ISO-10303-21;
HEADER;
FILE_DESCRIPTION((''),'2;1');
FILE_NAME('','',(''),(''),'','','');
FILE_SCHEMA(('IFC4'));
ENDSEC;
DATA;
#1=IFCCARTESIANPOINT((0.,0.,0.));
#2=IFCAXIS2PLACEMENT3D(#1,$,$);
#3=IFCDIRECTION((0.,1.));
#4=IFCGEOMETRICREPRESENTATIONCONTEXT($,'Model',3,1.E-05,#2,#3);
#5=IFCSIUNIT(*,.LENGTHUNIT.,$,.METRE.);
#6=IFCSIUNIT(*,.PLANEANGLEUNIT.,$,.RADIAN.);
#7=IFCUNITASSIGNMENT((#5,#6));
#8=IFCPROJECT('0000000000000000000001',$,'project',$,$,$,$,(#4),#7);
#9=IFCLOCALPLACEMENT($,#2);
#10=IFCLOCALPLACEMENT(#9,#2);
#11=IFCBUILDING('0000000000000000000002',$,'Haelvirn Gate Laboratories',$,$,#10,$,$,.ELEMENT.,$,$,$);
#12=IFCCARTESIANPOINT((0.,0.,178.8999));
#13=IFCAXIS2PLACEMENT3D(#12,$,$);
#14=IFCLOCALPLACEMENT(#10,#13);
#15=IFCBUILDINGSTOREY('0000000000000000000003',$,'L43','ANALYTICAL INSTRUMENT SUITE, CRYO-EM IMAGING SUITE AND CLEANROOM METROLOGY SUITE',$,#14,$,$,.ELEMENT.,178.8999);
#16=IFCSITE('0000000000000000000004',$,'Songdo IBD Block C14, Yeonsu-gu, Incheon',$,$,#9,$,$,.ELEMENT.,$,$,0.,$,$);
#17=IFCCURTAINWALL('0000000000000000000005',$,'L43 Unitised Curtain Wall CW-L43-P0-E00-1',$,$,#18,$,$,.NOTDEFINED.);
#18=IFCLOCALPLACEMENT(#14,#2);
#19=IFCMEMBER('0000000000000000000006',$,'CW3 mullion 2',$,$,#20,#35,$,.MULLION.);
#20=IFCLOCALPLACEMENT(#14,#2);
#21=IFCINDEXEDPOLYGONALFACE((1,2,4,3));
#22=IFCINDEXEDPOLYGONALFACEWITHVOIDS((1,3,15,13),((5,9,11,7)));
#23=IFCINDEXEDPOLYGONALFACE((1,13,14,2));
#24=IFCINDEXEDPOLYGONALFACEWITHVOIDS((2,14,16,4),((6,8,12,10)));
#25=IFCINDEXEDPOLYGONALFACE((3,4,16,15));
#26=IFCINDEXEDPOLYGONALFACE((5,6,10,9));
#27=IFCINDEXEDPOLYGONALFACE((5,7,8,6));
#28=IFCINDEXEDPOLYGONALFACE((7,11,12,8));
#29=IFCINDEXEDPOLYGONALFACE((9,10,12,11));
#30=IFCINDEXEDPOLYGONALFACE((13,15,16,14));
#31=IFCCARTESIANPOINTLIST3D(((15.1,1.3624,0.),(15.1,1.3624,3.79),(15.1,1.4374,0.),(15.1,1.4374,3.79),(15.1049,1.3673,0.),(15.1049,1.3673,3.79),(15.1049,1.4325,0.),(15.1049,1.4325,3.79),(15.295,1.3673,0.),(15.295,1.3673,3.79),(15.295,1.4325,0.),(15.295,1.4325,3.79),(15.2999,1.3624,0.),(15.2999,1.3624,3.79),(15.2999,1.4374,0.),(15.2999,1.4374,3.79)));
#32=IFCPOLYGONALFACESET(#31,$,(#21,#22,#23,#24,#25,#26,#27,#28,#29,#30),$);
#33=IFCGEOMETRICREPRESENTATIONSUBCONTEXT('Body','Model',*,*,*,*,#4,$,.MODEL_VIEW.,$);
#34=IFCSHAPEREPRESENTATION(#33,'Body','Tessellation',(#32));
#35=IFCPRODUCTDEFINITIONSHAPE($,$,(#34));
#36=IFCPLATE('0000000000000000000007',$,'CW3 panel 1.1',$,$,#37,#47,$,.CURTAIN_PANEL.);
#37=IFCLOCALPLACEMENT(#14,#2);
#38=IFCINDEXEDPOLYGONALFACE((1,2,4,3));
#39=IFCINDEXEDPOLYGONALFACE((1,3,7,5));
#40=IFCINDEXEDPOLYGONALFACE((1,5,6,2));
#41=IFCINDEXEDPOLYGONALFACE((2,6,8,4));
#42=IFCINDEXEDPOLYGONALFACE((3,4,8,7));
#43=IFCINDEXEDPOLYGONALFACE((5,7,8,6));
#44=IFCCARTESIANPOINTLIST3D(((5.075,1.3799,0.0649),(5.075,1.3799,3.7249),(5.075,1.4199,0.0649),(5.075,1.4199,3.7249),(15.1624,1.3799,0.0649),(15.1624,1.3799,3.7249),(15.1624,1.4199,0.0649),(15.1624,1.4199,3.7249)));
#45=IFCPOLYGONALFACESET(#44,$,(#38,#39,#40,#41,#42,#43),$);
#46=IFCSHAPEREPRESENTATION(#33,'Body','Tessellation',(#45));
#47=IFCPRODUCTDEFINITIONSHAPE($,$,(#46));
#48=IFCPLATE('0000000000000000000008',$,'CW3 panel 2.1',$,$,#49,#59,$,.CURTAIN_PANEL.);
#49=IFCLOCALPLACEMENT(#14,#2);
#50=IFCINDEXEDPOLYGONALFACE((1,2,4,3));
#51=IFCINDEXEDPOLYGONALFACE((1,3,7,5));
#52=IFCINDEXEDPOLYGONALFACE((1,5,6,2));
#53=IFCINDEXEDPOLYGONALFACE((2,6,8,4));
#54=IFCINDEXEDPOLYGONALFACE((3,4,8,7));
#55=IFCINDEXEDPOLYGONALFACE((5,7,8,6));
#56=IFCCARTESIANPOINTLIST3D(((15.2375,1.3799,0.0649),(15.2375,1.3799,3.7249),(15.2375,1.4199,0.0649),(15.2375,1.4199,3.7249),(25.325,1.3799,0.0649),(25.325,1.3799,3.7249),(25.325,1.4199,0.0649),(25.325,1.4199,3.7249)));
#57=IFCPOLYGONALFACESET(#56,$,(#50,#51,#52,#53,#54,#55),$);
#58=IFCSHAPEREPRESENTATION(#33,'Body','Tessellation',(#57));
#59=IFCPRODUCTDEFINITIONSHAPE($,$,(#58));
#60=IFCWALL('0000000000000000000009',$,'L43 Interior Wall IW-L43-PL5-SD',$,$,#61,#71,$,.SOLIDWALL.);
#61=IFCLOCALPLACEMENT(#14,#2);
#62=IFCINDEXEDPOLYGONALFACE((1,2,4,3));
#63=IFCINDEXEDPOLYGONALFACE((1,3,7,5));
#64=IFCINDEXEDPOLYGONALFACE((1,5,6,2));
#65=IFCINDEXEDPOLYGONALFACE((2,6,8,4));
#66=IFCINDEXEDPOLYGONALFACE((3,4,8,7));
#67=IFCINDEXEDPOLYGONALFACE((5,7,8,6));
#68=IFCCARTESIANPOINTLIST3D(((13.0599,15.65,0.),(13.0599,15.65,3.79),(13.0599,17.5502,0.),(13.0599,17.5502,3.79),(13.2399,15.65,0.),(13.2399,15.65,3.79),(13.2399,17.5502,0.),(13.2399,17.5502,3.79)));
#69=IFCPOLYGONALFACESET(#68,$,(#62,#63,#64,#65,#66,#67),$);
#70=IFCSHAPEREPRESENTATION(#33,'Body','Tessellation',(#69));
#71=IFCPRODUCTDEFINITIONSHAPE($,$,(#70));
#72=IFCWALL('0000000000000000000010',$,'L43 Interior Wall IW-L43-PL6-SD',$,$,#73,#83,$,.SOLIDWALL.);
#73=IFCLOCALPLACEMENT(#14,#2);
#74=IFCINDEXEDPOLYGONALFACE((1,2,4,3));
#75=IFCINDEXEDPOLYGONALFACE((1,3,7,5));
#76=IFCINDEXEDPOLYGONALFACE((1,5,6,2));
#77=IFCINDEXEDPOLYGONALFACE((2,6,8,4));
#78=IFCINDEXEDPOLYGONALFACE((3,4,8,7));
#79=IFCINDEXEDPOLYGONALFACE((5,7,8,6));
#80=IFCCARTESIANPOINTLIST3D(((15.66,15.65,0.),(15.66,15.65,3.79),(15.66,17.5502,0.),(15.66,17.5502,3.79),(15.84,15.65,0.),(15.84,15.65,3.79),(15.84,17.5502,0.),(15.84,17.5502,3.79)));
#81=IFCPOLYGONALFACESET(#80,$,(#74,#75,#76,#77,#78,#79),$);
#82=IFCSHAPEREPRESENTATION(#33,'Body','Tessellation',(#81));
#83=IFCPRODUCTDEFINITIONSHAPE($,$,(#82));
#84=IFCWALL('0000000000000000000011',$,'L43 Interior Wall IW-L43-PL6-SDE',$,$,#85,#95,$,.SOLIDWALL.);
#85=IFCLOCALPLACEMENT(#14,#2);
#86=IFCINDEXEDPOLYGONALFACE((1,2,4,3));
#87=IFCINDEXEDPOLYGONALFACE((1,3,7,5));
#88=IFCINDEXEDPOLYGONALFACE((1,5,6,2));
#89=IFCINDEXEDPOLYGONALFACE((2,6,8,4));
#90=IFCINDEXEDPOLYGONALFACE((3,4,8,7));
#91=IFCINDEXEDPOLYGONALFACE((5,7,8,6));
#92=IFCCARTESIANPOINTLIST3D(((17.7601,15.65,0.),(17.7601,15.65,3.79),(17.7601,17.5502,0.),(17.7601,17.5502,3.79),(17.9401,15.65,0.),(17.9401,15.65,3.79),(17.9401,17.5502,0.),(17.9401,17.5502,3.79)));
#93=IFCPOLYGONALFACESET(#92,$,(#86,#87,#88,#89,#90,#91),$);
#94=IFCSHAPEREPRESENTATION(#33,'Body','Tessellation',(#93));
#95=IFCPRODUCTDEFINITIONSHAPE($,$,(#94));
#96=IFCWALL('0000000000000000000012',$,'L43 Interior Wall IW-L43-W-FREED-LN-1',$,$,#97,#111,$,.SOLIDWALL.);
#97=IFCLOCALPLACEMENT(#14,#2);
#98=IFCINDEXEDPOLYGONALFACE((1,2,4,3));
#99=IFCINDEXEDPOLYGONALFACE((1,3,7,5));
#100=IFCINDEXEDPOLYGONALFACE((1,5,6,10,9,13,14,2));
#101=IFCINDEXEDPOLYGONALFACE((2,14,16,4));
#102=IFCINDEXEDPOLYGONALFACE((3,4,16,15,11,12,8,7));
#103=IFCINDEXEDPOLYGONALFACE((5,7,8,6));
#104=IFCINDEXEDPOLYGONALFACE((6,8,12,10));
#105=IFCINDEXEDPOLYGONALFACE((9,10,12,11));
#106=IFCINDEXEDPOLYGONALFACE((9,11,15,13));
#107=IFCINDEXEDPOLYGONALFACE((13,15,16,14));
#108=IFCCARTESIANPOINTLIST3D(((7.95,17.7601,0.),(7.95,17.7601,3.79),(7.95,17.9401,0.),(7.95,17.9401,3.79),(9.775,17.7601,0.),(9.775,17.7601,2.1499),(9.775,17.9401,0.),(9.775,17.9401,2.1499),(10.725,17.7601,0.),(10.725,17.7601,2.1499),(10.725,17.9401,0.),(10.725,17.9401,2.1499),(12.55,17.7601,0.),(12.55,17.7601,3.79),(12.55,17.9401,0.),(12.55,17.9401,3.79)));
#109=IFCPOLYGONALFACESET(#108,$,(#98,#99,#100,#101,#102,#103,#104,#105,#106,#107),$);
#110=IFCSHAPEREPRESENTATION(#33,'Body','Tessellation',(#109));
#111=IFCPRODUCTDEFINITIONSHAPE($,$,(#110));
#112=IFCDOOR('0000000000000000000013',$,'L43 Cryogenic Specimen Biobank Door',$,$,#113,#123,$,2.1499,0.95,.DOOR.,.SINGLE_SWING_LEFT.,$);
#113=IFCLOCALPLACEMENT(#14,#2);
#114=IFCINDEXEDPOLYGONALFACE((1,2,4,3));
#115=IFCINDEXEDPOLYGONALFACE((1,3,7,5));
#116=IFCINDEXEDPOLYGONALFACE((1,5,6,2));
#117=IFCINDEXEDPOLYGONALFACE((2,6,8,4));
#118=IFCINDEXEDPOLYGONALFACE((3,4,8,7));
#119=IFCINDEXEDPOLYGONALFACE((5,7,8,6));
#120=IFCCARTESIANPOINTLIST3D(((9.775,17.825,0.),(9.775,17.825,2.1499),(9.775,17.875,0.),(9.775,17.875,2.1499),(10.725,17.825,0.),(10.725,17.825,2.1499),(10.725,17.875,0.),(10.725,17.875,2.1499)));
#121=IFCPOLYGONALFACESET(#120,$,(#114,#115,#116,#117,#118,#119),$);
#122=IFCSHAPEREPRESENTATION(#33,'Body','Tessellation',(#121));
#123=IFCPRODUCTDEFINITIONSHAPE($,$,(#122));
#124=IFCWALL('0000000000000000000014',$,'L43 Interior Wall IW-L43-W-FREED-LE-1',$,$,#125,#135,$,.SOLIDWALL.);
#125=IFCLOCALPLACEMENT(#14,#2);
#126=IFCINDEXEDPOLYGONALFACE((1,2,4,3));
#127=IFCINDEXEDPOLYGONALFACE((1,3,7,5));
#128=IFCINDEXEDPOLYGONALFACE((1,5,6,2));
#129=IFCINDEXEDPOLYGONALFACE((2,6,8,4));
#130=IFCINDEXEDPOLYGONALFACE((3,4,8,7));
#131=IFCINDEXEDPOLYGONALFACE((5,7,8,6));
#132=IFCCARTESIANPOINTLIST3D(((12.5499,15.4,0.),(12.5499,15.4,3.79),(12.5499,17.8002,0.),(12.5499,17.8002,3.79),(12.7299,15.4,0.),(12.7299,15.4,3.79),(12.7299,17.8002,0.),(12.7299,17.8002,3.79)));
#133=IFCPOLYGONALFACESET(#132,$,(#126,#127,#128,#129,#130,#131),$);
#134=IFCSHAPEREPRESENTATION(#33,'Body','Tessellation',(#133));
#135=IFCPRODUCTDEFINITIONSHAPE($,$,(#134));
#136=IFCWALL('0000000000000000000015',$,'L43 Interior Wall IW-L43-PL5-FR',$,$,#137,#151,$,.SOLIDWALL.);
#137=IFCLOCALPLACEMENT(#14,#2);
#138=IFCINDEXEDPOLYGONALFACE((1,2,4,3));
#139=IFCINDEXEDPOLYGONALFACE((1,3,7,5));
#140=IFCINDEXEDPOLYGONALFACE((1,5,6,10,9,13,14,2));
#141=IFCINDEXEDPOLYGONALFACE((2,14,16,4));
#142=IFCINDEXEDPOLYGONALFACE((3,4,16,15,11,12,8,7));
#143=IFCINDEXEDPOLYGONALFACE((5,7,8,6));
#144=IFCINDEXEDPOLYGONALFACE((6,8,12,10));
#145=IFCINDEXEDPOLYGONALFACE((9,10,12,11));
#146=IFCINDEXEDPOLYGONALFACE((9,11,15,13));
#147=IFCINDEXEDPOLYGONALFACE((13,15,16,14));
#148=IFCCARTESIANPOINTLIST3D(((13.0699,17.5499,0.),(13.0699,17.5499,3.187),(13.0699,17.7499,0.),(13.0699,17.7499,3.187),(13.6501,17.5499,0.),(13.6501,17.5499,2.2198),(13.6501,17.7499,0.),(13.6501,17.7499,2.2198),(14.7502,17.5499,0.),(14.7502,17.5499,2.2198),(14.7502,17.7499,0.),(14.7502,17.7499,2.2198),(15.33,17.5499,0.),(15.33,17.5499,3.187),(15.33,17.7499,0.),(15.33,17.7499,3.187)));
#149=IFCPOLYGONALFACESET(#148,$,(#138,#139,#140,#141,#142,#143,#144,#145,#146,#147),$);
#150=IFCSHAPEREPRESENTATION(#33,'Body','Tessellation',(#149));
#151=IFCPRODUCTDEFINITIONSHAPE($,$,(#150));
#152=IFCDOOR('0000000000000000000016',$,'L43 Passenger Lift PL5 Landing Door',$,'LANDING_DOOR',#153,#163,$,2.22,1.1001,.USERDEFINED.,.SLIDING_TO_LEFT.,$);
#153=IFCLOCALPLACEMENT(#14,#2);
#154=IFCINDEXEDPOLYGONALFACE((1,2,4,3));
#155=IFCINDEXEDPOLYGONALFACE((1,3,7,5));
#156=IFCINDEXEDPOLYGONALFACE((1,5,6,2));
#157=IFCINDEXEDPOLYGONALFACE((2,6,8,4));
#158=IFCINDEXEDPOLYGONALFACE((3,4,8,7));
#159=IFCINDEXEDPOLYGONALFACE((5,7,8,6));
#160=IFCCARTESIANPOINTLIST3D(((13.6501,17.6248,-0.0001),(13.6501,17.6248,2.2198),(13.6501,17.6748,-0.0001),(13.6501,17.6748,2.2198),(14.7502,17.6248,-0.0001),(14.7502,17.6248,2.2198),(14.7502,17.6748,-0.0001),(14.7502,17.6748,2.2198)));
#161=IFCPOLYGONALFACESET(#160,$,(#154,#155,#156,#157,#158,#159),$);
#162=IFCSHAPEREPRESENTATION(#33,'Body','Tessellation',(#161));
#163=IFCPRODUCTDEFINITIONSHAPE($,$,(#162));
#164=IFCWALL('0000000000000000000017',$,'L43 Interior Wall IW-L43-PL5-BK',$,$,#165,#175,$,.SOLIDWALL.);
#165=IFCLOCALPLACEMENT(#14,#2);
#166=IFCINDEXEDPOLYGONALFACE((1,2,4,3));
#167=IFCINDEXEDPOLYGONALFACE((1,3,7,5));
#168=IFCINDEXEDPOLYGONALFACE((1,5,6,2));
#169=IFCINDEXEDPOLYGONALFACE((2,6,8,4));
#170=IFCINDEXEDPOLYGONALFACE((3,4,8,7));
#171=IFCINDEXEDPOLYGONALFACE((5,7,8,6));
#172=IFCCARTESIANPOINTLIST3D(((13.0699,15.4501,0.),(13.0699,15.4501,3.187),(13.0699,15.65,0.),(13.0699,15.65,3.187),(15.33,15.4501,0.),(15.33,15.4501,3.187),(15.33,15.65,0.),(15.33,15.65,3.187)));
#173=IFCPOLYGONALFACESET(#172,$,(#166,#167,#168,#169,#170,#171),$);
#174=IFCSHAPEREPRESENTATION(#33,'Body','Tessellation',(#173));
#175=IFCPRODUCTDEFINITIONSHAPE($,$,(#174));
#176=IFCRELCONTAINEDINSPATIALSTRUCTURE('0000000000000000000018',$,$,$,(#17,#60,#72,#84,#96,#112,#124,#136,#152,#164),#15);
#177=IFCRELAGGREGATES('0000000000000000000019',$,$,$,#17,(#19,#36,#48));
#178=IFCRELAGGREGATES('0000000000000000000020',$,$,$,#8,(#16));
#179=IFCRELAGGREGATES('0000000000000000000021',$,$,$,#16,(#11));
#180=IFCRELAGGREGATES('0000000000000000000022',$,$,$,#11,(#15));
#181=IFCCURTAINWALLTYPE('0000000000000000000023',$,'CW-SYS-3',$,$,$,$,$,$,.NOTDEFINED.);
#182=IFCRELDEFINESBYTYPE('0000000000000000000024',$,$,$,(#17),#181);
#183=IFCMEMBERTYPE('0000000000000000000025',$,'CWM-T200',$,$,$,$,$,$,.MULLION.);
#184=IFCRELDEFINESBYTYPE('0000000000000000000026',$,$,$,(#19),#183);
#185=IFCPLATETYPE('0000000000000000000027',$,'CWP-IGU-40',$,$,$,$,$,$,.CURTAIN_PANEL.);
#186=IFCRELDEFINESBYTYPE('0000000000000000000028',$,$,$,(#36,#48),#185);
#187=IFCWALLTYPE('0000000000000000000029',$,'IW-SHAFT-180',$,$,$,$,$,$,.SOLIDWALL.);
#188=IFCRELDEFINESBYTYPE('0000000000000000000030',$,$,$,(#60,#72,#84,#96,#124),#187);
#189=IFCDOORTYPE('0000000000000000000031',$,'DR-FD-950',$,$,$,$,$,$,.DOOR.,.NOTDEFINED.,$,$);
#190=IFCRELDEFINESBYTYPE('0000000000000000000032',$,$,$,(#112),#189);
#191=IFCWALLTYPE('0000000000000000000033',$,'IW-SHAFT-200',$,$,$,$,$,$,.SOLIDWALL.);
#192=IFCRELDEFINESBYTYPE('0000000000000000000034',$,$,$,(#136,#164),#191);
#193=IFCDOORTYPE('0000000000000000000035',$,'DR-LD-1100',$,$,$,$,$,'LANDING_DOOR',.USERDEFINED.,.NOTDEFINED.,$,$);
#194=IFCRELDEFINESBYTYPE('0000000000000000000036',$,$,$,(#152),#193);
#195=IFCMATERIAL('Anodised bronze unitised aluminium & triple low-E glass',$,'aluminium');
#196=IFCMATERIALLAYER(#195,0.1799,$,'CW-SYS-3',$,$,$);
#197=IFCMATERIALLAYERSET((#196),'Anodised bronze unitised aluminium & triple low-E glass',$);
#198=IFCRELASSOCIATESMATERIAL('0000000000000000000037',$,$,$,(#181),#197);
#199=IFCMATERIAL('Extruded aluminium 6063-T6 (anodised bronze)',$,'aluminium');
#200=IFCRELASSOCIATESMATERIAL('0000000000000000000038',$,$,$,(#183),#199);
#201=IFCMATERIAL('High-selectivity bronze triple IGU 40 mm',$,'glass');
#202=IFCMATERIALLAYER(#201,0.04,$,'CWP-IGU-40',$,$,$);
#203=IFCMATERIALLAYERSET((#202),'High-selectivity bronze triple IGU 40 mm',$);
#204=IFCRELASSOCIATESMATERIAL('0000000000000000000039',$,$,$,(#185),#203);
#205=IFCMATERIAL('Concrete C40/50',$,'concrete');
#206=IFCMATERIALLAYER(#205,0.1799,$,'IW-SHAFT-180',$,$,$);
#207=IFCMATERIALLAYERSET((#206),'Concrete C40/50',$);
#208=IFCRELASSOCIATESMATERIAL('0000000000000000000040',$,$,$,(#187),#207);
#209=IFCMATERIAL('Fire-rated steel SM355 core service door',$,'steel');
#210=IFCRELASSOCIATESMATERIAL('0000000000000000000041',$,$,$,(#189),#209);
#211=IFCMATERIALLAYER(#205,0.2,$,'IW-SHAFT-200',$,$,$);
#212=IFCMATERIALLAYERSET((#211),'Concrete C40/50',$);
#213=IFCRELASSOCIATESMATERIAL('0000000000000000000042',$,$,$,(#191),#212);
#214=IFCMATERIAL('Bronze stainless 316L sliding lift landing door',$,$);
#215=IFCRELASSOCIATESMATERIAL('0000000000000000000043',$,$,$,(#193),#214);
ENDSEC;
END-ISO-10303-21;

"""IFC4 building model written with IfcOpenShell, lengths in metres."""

from ifc_helpers import new_model, si_unit, direction, frame, frame_2d, origin, origin_2d, place, context, subcontext, project, spatial, rectangle, hollow_rectangle, extrude, source, transform, mapped, material, layer, layer_set, material_profile, profile_set, type_object, type_shapes, element, fill, aggregate, save


model = new_model("IFC4")

# Units and contexts
model_context = context("Model", 3, precision=1e-05, world=origin(), true_north=direction((0.0, 1.0)))
body_context = subcontext(model_context, "Body", "Model", "MODEL_VIEW")
ifc_project = project(units=[si_unit("LENGTHUNIT", "METRE"), si_unit("PLANEANGLEUNIT", "RADIAN")], contexts=[model_context])

# Site, building, storey
site_placement = place(None, origin())
site = spatial("IfcSite", under=ifc_project, at=site_placement, Name="Songdo IBD Block C14, Yeonsu-gu, Incheon", CompositionType="ELEMENT", RefElevation=0.0)
building_placement = place(site_placement, origin())
building = spatial("IfcBuilding", under=site, at=building_placement, Name="Haelvirn Gate Laboratories", CompositionType="ELEMENT")
storey_placement = place(building_placement, frame((0.0, 0.0, 178.8999)))
storey = spatial("IfcBuildingStorey", under=building, at=storey_placement, Name="L43", Description="ANALYTICAL INSTRUMENT SUITE, CRYO-EM IMAGING SUITE AND CLEANROOM METROLOGY SUITE", CompositionType="ELEMENT", Elevation=178.8999)

# Curtain wall, member, plates
ifc_material_1 = material(Name="Anodised bronze unitised aluminium & triple low-E glass", Category="aluminium")
ifc_layer_1 = layer(ifc_material_1, 0.1799, Name="CW-SYS-3")
ifc_layer_set_1 = layer_set([ifc_layer_1], Name="Anodised bronze unitised aluminium & triple low-E glass")
curtain_wall_type = type_object("IfcCurtainWallType", Name="CW-SYS-3", PredefinedType="NOTDEFINED", material=ifc_layer_set_1)
curtain_wall_placement = place(storey_placement, origin())
curtain_wall = element("IfcCurtainWall", 1, at=curtain_wall_placement, inside=storey, type_object=curtain_wall_type, Name="L43 Unitised Curtain Wall CW-L43-P0-E00-1", PredefinedType="NOTDEFINED")
ifc_material_2 = material(Name="Extruded aluminium 6063-T6 (anodised bronze)", Category="aluminium")
ifc_material_profile_1 = material_profile(ifc_material_2, hollow_rectangle(XDim=0.075, YDim=0.2, WallThickness=0.0049, at=origin_2d()), Name="CWM-200x75x5")
ifc_profile_set_1 = profile_set([ifc_material_profile_1], Name="Extruded aluminium 6063-T6 (anodised bronze)")
member_type_1 = type_object("IfcMemberType", Name="CWM-T200", PredefinedType="MULLION", material=ifc_profile_set_1)
shared_shape_1 = source(origin(), body_context, "Body", "SweptSolid", [
    extrude(hollow_rectangle(XDim=0.075, YDim=0.2, WallThickness=0.0049, at=origin_2d()), origin(), (0.0, 0.0, 1.0), 3.79),
])
type_shapes(member_type_1, [shared_shape_1])
member_1_placement = place(storey_placement, frame((15.2, 1.3999, 0.0), z_axis=(0.0, 0.0, 1.0), x_axis=(0.0, 1.0, 0.0)))
member_1 = element("IfcMember", 2, at=member_1_placement, type_object=member_type_1, Name="CW3 mullion 2", PredefinedType="MULLION", context=body_context, shape_type="MappedRepresentation", body=[
    mapped(shared_shape_1, transform((0.0, 0.0, 0.0), scale=1.0)),
])
ifc_material_3 = material(Name="High-selectivity bronze triple IGU 40 mm", Category="glass")
ifc_layer_2 = layer(ifc_material_3, 0.04, Name="CWP-IGU-40")
ifc_layer_set_2 = layer_set([ifc_layer_2], Name="High-selectivity bronze triple IGU 40 mm")
plate_type = type_object("IfcPlateType", Name="CWP-IGU-40", PredefinedType="CURTAIN_PANEL", material=ifc_layer_set_2)
shared_shape_2 = source(origin(), body_context, "Body", "SweptSolid", [
    extrude(rectangle(XDim=10.0874, YDim=0.04, at=origin_2d()), origin(), (0.0, 0.0, 1.0), 3.6599),
])
type_shapes(plate_type, [shared_shape_2])
plate_1_placement = place(storey_placement, frame((10.1187, 1.3999, 0.0649), z_axis=(0.0, 0.0, 1.0), x_axis=(1.0, 0.0, 0.0)))
plate_1 = element("IfcPlate", 3, at=plate_1_placement, type_object=plate_type, Name="CW3 panel 1.1", PredefinedType="CURTAIN_PANEL", context=body_context, shape_type="MappedRepresentation", body=[
    mapped(shared_shape_2, transform((0.0, 0.0, 0.0), scale=1.0)),
])
plate_2_placement = place(storey_placement, frame((20.2812, 1.3999, 0.0649), z_axis=(0.0, 0.0, 1.0), x_axis=(1.0, 0.0, 0.0)))
plate_2 = element("IfcPlate", 4, at=plate_2_placement, type_object=plate_type, Name="CW3 panel 2.1", PredefinedType="CURTAIN_PANEL", context=body_context, shape_type="MappedRepresentation", body=[
    mapped(shared_shape_2, transform((0.0, 0.0, 0.0), scale=1.0)),
])
aggregate(curtain_wall, [member_1, plate_1, plate_2])

# Walls
ifc_material_4 = material(Name="Concrete C40/50", Category="concrete")
ifc_layer_3 = layer(ifc_material_4, 0.1799, Name="IW-SHAFT-180")
ifc_layer_set_3 = layer_set([ifc_layer_3], Name="Concrete C40/50")
wall_type_1 = type_object("IfcWallType", Name="IW-SHAFT-180", PredefinedType="SOLIDWALL", material=ifc_layer_set_3)
for number, where, z_axis, x_axis, name in (
    (5, (13.1499, 15.6499, 0.0), (0.0, 0.0, 1.0), (0.0, 1.0, 0.0), "L43 Interior Wall IW-L43-PL5-SD"),
    (6, (15.75, 15.6499, 0.0), (0.0, 0.0, 1.0), (0.0, 1.0, 0.0), "L43 Interior Wall IW-L43-PL6-SD"),
    (7, (17.8501, 15.6499, 0.0), (0.0, 0.0, 1.0), (0.0, 1.0, 0.0), "L43 Interior Wall IW-L43-PL6-SDE"),
):
    element("IfcWall", number, at=place(storey_placement, frame(where, z_axis=z_axis, x_axis=x_axis)), inside=storey, type_object=wall_type_1, Name=name, PredefinedType="SOLIDWALL", context=body_context, shape_type="SweptSolid", body=[
        extrude(rectangle(XDim=1.9001, YDim=0.1799, at=frame_2d((0.9502, 0.0))), origin(), (0.0, 0.0, 1.0), 3.79),
    ])

# Wall, opening, door
wall_1_placement = place(storey_placement, frame((7.95, 17.8501, 0.0), z_axis=(0.0, 0.0, 1.0), x_axis=(1.0, 0.0, 0.0)))
wall_1 = element("IfcWall", 8, at=wall_1_placement, inside=storey, type_object=wall_type_1, Name="L43 Interior Wall IW-L43-W-FREED-LN-1", PredefinedType="SOLIDWALL", context=body_context, shape_type="SweptSolid", body=[
    extrude(rectangle(XDim=4.6001, YDim=0.1799, at=frame_2d((2.3, 0.0))), origin(), (0.0, 0.0, 1.0), 3.79),
])
opening_1_placement = place(wall_1_placement, frame((1.825, 0.0, 0.0)))
opening_1 = element("IfcOpeningElement", 9, at=opening_1_placement, cuts=wall_1, PredefinedType="OPENING", context=body_context, shape_type="SweptSolid", body=[
    extrude(rectangle(XDim=0.95, YDim=2.1499, at=frame_2d((0.4751, 1.075))), frame((0.0, 0.1001, 0.0), z_axis=(0.0, -1.0, 0.0), x_axis=(1.0, 0.0, 0.0)), (0.0, 0.0, 1.0), 0.2),
])
ifc_material_5 = material(Name="Fire-rated steel SM355 core service door", Category="steel")
door_type_1 = type_object("IfcDoorType", Name="DR-FD-950", OperationType="NOTDEFINED", PredefinedType="DOOR", material=ifc_material_5)
shared_shape_3 = source(origin(), body_context, "Body", "SweptSolid", [
    extrude(rectangle(XDim=0.95, YDim=2.1499, at=frame_2d((0.4751, 1.075))), frame((0.0, 0.0249, 0.0), z_axis=(0.0, -1.0, 0.0), x_axis=(1.0, 0.0, 0.0)), (0.0, 0.0, 1.0), 0.05),
])
type_shapes(door_type_1, [shared_shape_3])
door_1_placement = place(opening_1_placement, origin())
door_1 = element("IfcDoor", 10, at=door_1_placement, inside=storey, type_object=door_type_1, Name="L43 Cryogenic Specimen Biobank Door", OperationType="SINGLE_SWING_LEFT", OverallHeight=2.1499, OverallWidth=0.95, PredefinedType="DOOR", context=body_context, shape_type="MappedRepresentation", body=[
    mapped(shared_shape_3, transform((0.0, 0.0, 0.0), scale=1.0)),
])
fill(opening_1, door_1)

# Wall
wall_2_placement = place(storey_placement, frame((12.6399, 15.3999, 0.0), z_axis=(0.0, 0.0, 1.0), x_axis=(0.0, 1.0, 0.0)))
element("IfcWall", 11, at=wall_2_placement, inside=storey, type_object=wall_type_1, Name="L43 Interior Wall IW-L43-W-FREED-LE-1", PredefinedType="SOLIDWALL", context=body_context, shape_type="SweptSolid", body=[
    extrude(rectangle(XDim=2.4001, YDim=0.1799, at=frame_2d((1.2002, 0.0))), origin(), (0.0, 0.0, 1.0), 3.79),
])

# Wall, opening, door
ifc_layer_4 = layer(ifc_material_4, 0.2, Name="IW-SHAFT-200")
ifc_layer_set_4 = layer_set([ifc_layer_4], Name="Concrete C40/50")
wall_type_2 = type_object("IfcWallType", Name="IW-SHAFT-200", PredefinedType="SOLIDWALL", material=ifc_layer_set_4)
wall_3_placement = place(storey_placement, frame((13.0701, 17.6499, 0.0), z_axis=(0.0, 0.0, 1.0), x_axis=(1.0, 0.0, 0.0)))
wall_3 = element("IfcWall", 12, at=wall_3_placement, inside=storey, type_object=wall_type_2, Name="L43 Interior Wall IW-L43-PL5-FR", PredefinedType="SOLIDWALL", context=body_context, shape_type="SweptSolid", body=[
    extrude(rectangle(XDim=2.26, YDim=0.2, at=frame_2d((1.1299, 0.0))), origin(), (0.0, 0.0, 1.0), 3.187),
])
opening_2_placement = place(wall_3_placement, frame((0.5801, 0.0, 0.0)))
opening_2 = element("IfcOpeningElement", 13, at=opening_2_placement, cuts=wall_3, PredefinedType="OPENING", context=body_context, shape_type="SweptSolid", body=[
    extrude(rectangle(XDim=1.1001, YDim=2.22, at=frame_2d((0.55, 1.1099))), frame((0.0, 0.1099, 0.0), z_axis=(0.0, -1.0, 0.0), x_axis=(1.0, 0.0, 0.0)), (0.0, 0.0, 1.0), 0.22),
])
ifc_material_6 = material(Name="Bronze stainless 316L sliding lift landing door")
door_type_2 = type_object("IfcDoorType", Name="DR-LD-1100", ElementType="LANDING_DOOR", OperationType="NOTDEFINED", PredefinedType="USERDEFINED", material=ifc_material_6)
shared_shape_4 = source(origin(), body_context, "Body", "SweptSolid", [
    extrude(rectangle(XDim=1.1001, YDim=2.22, at=frame_2d((0.55, 1.1099))), frame((0.0, 0.0249, 0.0), z_axis=(0.0, -1.0, 0.0), x_axis=(1.0, 0.0, 0.0)), (0.0, 0.0, 1.0), 0.05),
])
type_shapes(door_type_2, [shared_shape_4])
door_2_placement = place(opening_2_placement, origin())
door_2 = element("IfcDoor", 14, at=door_2_placement, inside=storey, type_object=door_type_2, Name="L43 Passenger Lift PL5 Landing Door", ObjectType="LANDING_DOOR", OperationType="SLIDING_TO_LEFT", OverallHeight=2.22, OverallWidth=1.1001, PredefinedType="USERDEFINED", context=body_context, shape_type="MappedRepresentation", body=[
    mapped(shared_shape_4, transform((0.0, 0.0, 0.0), scale=1.0)),
])
fill(opening_2, door_2)

# Wall
wall_4_placement = place(storey_placement, frame((13.0701, 15.55, 0.0), z_axis=(0.0, 0.0, 1.0), x_axis=(1.0, 0.0, 0.0)))
element("IfcWall", 15, at=wall_4_placement, inside=storey, type_object=wall_type_2, Name="L43 Interior Wall IW-L43-PL5-BK", PredefinedType="SOLIDWALL", context=body_context, shape_type="SweptSolid", body=[
    extrude(rectangle(XDim=2.26, YDim=0.2, at=frame_2d((1.1299, 0.0))), origin(), (0.0, 0.0, 1.0), 3.187),
])

save(model, "model.ifc")
